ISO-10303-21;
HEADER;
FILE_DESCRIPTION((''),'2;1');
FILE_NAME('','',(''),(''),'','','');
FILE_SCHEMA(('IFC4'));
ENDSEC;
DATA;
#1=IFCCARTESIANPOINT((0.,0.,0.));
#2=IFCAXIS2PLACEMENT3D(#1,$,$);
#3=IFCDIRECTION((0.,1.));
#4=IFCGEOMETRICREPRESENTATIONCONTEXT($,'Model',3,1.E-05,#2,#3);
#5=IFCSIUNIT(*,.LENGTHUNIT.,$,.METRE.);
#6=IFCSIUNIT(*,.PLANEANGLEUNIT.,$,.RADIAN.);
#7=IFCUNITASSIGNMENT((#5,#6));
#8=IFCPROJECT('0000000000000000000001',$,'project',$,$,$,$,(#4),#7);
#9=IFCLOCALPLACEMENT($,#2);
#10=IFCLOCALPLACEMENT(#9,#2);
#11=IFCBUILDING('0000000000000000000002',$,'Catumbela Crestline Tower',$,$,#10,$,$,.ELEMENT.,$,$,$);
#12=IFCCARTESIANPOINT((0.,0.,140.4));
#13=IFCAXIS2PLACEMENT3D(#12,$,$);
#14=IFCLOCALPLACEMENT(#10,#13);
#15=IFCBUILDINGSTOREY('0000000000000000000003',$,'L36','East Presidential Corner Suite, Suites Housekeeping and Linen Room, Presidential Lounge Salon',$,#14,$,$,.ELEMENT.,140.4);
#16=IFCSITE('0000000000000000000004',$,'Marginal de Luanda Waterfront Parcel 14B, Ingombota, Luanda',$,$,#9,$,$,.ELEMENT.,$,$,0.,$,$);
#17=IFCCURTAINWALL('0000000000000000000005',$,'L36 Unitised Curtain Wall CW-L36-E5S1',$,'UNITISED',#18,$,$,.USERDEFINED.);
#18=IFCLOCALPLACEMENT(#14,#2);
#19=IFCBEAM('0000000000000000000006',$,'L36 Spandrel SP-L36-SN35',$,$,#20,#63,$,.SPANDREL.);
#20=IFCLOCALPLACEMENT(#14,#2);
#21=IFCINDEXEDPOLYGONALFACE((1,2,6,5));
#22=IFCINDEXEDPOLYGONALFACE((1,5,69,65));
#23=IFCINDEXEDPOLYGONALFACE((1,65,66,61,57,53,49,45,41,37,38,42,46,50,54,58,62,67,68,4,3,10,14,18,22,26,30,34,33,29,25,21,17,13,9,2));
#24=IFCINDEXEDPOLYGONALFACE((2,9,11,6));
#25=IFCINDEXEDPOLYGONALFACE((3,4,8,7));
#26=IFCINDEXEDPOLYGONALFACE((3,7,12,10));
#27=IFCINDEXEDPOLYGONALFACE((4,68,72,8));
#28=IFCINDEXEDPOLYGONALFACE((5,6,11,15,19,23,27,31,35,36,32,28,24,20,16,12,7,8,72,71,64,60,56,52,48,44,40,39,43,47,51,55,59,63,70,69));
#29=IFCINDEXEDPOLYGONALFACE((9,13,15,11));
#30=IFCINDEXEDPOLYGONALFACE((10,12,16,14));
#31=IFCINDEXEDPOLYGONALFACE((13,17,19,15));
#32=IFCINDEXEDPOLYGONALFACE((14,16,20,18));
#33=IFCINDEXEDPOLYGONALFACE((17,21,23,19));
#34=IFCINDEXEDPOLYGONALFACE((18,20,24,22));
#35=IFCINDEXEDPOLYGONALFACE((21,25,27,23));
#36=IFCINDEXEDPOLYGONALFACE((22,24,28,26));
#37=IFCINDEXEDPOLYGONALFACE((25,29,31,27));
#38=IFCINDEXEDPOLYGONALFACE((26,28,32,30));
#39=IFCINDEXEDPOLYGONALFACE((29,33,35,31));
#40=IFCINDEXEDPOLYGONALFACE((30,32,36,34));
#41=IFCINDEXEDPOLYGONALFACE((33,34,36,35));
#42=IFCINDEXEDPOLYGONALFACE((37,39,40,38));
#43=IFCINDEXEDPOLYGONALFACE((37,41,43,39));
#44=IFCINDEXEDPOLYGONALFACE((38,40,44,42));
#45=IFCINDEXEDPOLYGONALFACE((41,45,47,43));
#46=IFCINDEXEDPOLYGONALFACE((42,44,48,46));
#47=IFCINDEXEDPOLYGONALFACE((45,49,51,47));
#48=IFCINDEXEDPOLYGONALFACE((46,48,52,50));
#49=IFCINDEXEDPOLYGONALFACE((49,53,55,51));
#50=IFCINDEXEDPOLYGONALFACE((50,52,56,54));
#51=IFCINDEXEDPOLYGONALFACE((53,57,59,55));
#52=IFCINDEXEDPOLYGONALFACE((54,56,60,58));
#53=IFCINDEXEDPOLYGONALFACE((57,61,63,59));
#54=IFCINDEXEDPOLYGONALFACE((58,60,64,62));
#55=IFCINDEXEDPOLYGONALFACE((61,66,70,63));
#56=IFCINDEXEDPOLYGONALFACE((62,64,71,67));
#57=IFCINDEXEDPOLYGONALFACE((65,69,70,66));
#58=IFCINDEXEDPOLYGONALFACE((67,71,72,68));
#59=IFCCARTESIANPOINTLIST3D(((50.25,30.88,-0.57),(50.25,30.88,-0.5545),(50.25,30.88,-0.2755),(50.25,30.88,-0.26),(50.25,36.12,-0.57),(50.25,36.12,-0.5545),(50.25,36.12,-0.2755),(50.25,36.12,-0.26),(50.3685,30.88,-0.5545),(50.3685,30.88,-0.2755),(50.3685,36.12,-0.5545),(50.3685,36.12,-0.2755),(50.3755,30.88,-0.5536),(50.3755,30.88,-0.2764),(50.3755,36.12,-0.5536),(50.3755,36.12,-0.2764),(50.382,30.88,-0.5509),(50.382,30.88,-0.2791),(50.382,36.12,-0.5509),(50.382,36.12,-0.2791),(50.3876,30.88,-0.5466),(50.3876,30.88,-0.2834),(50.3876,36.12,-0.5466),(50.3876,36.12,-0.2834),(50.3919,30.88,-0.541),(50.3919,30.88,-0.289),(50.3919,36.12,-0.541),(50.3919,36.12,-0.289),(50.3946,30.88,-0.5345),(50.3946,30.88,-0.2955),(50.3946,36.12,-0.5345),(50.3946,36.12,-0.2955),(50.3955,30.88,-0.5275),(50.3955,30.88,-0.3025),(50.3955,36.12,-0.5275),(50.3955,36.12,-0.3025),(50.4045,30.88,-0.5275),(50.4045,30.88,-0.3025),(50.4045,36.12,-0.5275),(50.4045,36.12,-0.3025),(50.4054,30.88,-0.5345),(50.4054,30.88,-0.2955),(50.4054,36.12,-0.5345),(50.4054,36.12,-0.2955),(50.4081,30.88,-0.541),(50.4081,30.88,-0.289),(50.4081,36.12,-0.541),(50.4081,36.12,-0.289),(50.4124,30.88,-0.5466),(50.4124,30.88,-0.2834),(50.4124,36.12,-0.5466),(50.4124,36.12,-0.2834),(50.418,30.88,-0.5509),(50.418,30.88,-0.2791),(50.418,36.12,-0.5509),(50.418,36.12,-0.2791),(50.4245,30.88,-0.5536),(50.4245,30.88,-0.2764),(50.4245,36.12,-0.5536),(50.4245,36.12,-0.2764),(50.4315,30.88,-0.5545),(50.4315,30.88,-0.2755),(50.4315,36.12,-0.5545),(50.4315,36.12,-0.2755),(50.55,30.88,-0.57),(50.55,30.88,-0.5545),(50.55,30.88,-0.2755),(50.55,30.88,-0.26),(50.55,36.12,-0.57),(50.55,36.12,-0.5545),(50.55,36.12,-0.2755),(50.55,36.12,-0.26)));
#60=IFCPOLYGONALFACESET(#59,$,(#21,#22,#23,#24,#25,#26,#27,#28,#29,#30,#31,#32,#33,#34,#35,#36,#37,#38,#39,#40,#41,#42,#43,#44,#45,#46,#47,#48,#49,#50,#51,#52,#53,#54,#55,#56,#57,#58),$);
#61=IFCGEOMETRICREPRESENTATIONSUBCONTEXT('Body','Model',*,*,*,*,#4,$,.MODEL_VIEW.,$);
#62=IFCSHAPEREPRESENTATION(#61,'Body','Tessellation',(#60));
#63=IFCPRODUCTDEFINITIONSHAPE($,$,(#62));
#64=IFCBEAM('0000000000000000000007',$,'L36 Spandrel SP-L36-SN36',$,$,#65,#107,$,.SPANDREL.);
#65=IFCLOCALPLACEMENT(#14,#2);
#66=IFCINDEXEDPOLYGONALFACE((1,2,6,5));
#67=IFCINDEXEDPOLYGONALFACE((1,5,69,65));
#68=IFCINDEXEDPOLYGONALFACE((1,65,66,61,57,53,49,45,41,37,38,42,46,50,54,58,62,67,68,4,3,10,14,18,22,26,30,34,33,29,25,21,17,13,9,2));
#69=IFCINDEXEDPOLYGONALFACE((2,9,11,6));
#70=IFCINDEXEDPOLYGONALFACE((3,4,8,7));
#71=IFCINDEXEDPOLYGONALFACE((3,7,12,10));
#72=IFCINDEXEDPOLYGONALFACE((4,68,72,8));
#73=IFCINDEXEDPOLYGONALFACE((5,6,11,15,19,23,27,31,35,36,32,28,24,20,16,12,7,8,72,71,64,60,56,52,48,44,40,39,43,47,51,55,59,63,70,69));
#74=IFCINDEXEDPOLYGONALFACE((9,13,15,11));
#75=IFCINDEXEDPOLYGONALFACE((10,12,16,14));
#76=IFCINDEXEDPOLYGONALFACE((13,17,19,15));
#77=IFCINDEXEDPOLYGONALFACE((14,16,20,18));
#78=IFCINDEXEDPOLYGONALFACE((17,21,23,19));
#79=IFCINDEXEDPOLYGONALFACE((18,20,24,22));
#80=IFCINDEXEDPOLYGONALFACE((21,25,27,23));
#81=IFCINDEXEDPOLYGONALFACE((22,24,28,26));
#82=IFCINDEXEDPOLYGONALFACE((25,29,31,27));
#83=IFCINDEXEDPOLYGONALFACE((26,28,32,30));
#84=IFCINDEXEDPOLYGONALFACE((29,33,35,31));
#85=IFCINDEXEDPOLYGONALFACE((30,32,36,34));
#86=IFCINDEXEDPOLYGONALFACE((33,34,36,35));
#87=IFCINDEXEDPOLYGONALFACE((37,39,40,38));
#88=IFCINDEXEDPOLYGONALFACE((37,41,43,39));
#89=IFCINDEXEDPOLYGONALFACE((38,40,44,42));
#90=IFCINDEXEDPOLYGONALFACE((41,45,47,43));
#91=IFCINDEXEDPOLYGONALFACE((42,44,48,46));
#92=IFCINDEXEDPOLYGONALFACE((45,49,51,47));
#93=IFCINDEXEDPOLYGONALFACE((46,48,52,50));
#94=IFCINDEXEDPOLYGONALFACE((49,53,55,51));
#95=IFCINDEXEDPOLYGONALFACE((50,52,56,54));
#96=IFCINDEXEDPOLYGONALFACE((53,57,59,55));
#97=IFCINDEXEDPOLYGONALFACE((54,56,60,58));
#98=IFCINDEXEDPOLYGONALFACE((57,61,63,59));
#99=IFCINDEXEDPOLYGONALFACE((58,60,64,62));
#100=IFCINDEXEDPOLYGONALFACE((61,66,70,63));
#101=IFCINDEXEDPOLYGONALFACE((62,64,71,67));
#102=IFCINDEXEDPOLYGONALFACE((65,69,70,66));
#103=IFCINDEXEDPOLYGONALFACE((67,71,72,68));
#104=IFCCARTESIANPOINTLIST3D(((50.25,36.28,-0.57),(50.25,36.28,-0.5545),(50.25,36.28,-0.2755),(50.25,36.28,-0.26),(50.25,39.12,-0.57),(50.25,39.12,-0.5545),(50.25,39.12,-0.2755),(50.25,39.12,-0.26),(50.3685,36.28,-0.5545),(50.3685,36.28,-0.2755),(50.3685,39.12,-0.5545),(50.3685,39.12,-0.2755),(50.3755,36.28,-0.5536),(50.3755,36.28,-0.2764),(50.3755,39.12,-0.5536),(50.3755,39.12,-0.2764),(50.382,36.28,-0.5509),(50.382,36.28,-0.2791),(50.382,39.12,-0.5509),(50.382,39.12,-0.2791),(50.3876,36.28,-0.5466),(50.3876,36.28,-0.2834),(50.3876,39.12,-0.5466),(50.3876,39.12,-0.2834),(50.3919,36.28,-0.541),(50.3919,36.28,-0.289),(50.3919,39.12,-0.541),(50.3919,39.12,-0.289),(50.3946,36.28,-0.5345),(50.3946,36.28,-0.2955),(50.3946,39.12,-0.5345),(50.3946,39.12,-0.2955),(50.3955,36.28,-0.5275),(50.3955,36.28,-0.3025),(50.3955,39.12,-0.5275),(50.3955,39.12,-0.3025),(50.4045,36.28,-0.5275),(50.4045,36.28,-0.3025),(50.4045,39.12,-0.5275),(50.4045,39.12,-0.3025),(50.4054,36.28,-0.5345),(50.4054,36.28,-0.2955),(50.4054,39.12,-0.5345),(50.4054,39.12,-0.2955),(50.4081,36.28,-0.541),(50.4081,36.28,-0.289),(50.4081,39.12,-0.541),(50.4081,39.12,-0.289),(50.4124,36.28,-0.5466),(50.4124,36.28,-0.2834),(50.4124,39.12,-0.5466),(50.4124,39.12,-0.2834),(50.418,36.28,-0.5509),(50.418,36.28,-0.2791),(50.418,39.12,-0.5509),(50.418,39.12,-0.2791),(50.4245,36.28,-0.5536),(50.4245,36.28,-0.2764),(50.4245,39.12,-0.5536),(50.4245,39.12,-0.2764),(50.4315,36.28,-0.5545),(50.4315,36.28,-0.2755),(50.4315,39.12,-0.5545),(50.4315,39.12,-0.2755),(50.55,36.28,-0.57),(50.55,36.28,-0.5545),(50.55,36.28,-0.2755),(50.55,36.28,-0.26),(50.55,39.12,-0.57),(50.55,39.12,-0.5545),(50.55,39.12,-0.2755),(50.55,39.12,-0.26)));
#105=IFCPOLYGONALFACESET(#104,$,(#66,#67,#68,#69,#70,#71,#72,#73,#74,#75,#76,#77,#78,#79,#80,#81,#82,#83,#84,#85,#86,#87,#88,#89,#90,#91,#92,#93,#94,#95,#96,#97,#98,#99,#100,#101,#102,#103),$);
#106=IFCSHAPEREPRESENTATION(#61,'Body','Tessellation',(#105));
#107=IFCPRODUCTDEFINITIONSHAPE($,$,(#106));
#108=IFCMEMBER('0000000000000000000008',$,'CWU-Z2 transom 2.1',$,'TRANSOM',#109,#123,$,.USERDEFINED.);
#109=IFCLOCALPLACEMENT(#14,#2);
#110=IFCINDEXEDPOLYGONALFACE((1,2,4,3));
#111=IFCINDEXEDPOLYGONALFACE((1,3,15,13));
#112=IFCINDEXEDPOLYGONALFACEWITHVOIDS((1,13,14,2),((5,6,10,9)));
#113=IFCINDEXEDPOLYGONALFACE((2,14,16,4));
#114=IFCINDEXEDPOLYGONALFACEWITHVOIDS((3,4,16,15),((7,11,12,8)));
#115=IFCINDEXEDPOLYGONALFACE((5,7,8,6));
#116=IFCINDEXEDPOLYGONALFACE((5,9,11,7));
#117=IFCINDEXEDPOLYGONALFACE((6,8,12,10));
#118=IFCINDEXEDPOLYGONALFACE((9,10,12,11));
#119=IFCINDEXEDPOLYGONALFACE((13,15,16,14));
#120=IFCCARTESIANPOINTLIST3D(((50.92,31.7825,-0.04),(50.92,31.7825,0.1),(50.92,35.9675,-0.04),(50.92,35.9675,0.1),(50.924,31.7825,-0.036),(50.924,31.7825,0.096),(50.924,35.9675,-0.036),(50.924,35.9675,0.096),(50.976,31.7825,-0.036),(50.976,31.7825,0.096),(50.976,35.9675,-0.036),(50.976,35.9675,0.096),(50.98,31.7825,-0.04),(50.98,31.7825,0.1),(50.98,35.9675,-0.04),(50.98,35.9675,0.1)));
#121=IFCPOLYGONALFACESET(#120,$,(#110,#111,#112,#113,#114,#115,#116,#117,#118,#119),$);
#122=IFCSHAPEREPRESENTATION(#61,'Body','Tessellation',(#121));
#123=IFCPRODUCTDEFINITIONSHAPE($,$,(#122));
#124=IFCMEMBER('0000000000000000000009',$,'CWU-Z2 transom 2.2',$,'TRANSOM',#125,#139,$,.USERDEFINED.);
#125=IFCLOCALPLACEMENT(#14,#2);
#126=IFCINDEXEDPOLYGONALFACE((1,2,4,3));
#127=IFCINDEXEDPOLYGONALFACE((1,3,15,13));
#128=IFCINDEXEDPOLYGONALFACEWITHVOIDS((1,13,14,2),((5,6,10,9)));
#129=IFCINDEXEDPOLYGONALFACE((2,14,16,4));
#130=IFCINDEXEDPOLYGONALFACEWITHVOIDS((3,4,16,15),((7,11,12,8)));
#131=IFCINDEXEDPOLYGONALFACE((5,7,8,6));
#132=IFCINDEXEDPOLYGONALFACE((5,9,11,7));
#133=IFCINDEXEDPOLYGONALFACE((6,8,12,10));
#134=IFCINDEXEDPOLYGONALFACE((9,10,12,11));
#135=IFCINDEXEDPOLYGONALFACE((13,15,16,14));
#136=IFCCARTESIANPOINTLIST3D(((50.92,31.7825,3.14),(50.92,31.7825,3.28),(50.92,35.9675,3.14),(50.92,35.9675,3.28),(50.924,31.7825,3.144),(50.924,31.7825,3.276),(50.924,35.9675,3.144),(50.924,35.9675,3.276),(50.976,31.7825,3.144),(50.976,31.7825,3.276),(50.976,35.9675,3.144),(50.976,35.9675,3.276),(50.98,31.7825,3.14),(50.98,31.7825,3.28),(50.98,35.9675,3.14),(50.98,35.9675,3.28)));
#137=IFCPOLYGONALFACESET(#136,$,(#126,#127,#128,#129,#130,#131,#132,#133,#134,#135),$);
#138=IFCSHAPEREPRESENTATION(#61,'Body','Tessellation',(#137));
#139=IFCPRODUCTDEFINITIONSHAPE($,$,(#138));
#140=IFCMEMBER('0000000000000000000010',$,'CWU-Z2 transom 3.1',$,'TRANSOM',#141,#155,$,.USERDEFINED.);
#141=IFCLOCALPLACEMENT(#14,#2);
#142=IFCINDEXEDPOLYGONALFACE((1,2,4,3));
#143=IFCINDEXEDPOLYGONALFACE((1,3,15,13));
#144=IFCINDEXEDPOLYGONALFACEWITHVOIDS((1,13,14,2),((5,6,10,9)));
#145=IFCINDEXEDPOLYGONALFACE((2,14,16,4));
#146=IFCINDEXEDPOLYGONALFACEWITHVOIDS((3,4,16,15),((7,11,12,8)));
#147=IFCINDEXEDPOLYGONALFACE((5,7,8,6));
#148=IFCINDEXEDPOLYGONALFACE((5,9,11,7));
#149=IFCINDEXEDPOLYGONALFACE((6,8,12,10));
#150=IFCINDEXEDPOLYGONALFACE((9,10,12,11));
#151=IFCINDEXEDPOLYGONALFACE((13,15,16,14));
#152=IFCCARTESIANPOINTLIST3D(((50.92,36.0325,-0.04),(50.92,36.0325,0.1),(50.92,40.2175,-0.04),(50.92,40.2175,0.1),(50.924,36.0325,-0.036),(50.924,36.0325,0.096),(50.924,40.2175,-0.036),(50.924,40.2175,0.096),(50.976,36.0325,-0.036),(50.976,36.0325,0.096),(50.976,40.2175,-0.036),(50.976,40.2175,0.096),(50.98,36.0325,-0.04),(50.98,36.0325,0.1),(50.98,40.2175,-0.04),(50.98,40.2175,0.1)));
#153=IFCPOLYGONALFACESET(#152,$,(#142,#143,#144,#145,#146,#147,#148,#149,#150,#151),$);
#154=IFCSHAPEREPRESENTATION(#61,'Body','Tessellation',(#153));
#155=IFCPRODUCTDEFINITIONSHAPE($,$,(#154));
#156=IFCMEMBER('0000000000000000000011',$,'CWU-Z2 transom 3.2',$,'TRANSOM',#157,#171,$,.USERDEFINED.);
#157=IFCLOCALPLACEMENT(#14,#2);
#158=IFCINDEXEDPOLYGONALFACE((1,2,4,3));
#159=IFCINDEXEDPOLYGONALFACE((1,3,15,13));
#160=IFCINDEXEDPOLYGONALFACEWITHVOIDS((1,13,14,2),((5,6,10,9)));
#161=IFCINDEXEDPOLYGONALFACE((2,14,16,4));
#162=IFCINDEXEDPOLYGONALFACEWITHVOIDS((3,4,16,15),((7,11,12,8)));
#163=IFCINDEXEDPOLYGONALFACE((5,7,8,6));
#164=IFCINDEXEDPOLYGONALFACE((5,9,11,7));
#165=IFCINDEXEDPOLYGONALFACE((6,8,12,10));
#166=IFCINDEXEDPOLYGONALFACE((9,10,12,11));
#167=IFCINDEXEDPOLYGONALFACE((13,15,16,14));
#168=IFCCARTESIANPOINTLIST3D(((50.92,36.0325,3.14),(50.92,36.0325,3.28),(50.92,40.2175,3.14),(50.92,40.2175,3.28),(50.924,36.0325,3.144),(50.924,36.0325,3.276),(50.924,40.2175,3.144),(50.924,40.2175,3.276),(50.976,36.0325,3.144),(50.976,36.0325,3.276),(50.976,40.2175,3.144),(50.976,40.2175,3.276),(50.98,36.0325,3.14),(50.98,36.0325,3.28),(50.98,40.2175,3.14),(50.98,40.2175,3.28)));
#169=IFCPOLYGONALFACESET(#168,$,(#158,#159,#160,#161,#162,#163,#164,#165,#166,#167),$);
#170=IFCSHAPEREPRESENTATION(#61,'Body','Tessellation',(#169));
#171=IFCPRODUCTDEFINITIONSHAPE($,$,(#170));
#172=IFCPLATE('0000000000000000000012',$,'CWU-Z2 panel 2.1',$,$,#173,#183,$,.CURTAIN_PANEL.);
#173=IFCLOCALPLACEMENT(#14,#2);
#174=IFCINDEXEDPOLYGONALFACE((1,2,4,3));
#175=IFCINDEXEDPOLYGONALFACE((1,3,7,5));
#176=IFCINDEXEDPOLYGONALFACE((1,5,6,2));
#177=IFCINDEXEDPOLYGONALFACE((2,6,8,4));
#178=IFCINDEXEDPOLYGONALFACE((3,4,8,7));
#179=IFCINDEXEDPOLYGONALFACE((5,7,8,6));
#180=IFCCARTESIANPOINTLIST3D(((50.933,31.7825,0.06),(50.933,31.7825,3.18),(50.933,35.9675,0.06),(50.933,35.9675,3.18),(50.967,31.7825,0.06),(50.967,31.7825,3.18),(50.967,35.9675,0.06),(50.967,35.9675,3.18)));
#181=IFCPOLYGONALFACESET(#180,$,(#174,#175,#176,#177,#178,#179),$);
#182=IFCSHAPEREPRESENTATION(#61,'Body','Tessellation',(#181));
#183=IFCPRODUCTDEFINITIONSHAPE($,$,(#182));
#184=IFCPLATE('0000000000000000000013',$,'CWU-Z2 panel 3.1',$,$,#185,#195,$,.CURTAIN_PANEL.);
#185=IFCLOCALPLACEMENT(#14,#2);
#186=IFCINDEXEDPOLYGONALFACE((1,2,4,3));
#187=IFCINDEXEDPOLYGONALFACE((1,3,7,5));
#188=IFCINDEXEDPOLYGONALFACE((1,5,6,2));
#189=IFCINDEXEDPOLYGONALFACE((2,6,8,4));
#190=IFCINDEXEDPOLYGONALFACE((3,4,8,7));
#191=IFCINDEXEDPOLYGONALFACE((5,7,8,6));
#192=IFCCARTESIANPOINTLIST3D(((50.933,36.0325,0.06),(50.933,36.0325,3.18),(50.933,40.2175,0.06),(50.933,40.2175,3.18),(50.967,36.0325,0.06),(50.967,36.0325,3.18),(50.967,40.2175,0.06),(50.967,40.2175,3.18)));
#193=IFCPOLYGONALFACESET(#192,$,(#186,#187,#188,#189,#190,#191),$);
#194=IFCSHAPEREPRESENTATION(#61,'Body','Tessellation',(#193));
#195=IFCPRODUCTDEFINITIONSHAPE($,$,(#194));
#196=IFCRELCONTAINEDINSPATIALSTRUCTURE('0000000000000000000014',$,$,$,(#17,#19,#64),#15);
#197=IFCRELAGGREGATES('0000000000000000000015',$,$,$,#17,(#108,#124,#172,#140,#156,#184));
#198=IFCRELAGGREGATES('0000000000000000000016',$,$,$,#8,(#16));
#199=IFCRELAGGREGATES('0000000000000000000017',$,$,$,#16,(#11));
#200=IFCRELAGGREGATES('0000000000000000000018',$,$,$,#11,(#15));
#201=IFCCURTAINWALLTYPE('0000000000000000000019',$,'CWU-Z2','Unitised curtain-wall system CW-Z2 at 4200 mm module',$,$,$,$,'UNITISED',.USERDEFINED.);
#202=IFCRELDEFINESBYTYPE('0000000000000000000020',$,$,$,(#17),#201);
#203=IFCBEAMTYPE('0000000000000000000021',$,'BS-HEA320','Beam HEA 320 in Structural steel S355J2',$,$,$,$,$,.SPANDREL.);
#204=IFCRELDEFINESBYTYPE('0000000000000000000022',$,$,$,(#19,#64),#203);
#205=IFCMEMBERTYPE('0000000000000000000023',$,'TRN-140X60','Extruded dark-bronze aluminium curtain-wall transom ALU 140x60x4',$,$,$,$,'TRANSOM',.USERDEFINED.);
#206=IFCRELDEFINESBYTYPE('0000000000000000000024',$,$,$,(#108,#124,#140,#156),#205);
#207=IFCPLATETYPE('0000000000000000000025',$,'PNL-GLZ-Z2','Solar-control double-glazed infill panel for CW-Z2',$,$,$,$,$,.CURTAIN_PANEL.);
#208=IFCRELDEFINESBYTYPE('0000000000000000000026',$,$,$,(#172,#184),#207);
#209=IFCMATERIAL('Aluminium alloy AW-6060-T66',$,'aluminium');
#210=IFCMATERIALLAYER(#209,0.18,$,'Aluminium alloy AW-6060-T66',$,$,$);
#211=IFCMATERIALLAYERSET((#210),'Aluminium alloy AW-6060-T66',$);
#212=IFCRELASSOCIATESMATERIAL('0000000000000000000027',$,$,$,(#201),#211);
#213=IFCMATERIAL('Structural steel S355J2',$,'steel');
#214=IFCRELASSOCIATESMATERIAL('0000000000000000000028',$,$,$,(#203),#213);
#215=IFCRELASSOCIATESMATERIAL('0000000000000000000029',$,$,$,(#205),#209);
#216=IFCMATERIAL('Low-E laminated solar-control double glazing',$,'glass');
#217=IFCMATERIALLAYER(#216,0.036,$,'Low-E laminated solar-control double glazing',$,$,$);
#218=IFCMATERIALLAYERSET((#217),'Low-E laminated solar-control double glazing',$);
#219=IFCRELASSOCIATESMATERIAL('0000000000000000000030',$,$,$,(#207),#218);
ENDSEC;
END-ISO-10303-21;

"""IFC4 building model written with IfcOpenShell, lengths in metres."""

from ifc_helpers import new_model, si_unit, direction, frame, origin, origin_2d, place, context, subcontext, project, spatial, rectangle, hollow_rectangle, i_section, extrude, material, layer, layer_set, material_profile, profile_set, type_object, element, aggregate, save


model = new_model("IFC4")

# Units and contexts
model_context = context("Model", 3, precision=1e-05, world=origin(), true_north=direction((0.0, 1.0)))
body_context = subcontext(model_context, "Body", "Model", "MODEL_VIEW")
ifc_project = project(units=[si_unit("LENGTHUNIT", "METRE"), si_unit("PLANEANGLEUNIT", "RADIAN")], contexts=[model_context])

# Site, building, storey
site_placement = place(None, origin())
site = spatial("IfcSite", under=ifc_project, at=site_placement, Name="Marginal de Luanda Waterfront Parcel 14B, Ingombota, Luanda", CompositionType="ELEMENT", RefElevation=0.0)
building_placement = place(site_placement, origin())
building = spatial("IfcBuilding", under=site, at=building_placement, Name="Catumbela Crestline Tower", CompositionType="ELEMENT")
storey_placement = place(building_placement, frame((0.0, 0.0, 140.4)))
storey = spatial("IfcBuildingStorey", under=building, at=storey_placement, Name="L36", Description="East Presidential Corner Suite, Suites Housekeeping and Linen Room, Presidential Lounge Salon", CompositionType="ELEMENT", Elevation=140.4)

# Shared definitions
ifc_material_1 = material(Name="Structural steel S355J2", Category="steel")

# Curtain wall
ifc_material_2 = material(Name="Aluminium alloy AW-6060-T66", Category="aluminium")
ifc_layer_1 = layer(ifc_material_2, 0.18, Name="Aluminium alloy AW-6060-T66")
ifc_layer_set_1 = layer_set([ifc_layer_1], Name="Aluminium alloy AW-6060-T66")
curtain_wall_type = type_object("IfcCurtainWallType", Name="CWU-Z2", Description="Unitised curtain-wall system CW-Z2 at 4200 mm module", ElementType="UNITISED", PredefinedType="USERDEFINED", material=ifc_layer_set_1)
curtain_wall_placement = place(storey_placement, origin())
curtain_wall = element("IfcCurtainWall", 1, at=curtain_wall_placement, inside=storey, type_object=curtain_wall_type, Name="L36 Unitised Curtain Wall CW-L36-E5S1", ObjectType="UNITISED", PredefinedType="USERDEFINED")

# Beams
ifc_material_profile_1 = material_profile(ifc_material_1, i_section(OverallWidth=0.3, OverallDepth=0.31, WebThickness=0.009, FlangeThickness=0.0155, FilletRadius=0.027, at=origin_2d()), Name="HEA 320")
ifc_profile_set_1 = profile_set([ifc_material_profile_1], Name="Structural steel S355J2")
beam_type_1 = type_object("IfcBeamType", Name="BS-HEA320", Description="Beam HEA 320 in Structural steel S355J2", PredefinedType="SPANDREL", material=ifc_profile_set_1)
beam_1_placement = place(storey_placement, frame((50.4, 30.88, -0.415), z_axis=(0.0, 1.0, 0.0), x_axis=(-1.0, 0.0, 0.0)))
element("IfcBeam", 2, at=beam_1_placement, inside=storey, type_object=beam_type_1, Name="L36 Spandrel SP-L36-SN35", PredefinedType="SPANDREL", context=body_context, shape_type="SweptSolid", body=[
    extrude(i_section(OverallWidth=0.3, OverallDepth=0.31, WebThickness=0.009, FlangeThickness=0.0155, FilletRadius=0.027, at=origin_2d()), origin(), (0.0, 0.0, 1.0), 5.24),
])
beam_2_placement = place(storey_placement, frame((50.4, 36.28, -0.415), z_axis=(0.0, 1.0, 0.0), x_axis=(-1.0, 0.0, 0.0)))
element("IfcBeam", 3, at=beam_2_placement, inside=storey, type_object=beam_type_1, Name="L36 Spandrel SP-L36-SN36", PredefinedType="SPANDREL", context=body_context, shape_type="SweptSolid", body=[
    extrude(i_section(OverallWidth=0.3, OverallDepth=0.31, WebThickness=0.009, FlangeThickness=0.0155, FilletRadius=0.027, at=origin_2d()), origin(), (0.0, 0.0, 1.0), 2.84),
])

# Members
ifc_material_profile_2 = material_profile(ifc_material_2, hollow_rectangle(XDim=0.06, YDim=0.14, WallThickness=0.004, at=origin_2d()), Name="ALU 140x60x4")
ifc_profile_set_2 = profile_set([ifc_material_profile_2], Name="Aluminium alloy AW-6060-T66")
member_type_1 = type_object("IfcMemberType", Name="TRN-140X60", Description="Extruded dark-bronze aluminium curtain-wall transom ALU 140x60x4", ElementType="TRANSOM", PredefinedType="USERDEFINED", material=ifc_profile_set_2)
member_1_placement = place(storey_placement, frame((50.95, 31.7825, 0.03), z_axis=(0.0, 1.0, 0.0), x_axis=(-1.0, 0.0, 0.0)))
member_1 = element("IfcMember", 4, at=member_1_placement, type_object=member_type_1, Name="CWU-Z2 transom 2.1", ObjectType="TRANSOM", PredefinedType="USERDEFINED", context=body_context, shape_type="SweptSolid", body=[
    extrude(hollow_rectangle(XDim=0.06, YDim=0.14, WallThickness=0.004, at=origin_2d()), origin(), (0.0, 0.0, 1.0), 4.185),
])
member_2_placement = place(storey_placement, frame((50.95, 31.7825, 3.21), z_axis=(0.0, 1.0, 0.0), x_axis=(-1.0, 0.0, 0.0)))
member_2 = element("IfcMember", 5, at=member_2_placement, type_object=member_type_1, Name="CWU-Z2 transom 2.2", ObjectType="TRANSOM", PredefinedType="USERDEFINED", context=body_context, shape_type="SweptSolid", body=[
    extrude(hollow_rectangle(XDim=0.06, YDim=0.14, WallThickness=0.004, at=origin_2d()), origin(), (0.0, 0.0, 1.0), 4.185),
])
member_3_placement = place(storey_placement, frame((50.95, 36.0325, 0.03), z_axis=(0.0, 1.0, 0.0), x_axis=(-1.0, 0.0, 0.0)))
member_3 = element("IfcMember", 6, at=member_3_placement, type_object=member_type_1, Name="CWU-Z2 transom 3.1", ObjectType="TRANSOM", PredefinedType="USERDEFINED", context=body_context, shape_type="SweptSolid", body=[
    extrude(hollow_rectangle(XDim=0.06, YDim=0.14, WallThickness=0.004, at=origin_2d()), origin(), (0.0, 0.0, 1.0), 4.185),
])
member_4_placement = place(storey_placement, frame((50.95, 36.0325, 3.21), z_axis=(0.0, 1.0, 0.0), x_axis=(-1.0, 0.0, 0.0)))
member_4 = element("IfcMember", 7, at=member_4_placement, type_object=member_type_1, Name="CWU-Z2 transom 3.2", ObjectType="TRANSOM", PredefinedType="USERDEFINED", context=body_context, shape_type="SweptSolid", body=[
    extrude(hollow_rectangle(XDim=0.06, YDim=0.14, WallThickness=0.004, at=origin_2d()), origin(), (0.0, 0.0, 1.0), 4.185),
])

# Plates
ifc_material_3 = material(Name="Low-E laminated solar-control double glazing", Category="glass")
ifc_layer_2 = layer(ifc_material_3, 0.036, Name="Low-E laminated solar-control double glazing")
ifc_layer_set_2 = layer_set([ifc_layer_2], Name="Low-E laminated solar-control double glazing")
plate_type = type_object("IfcPlateType", Name="PNL-GLZ-Z2", Description="Solar-control double-glazed infill panel for CW-Z2", PredefinedType="CURTAIN_PANEL", material=ifc_layer_set_2)
plate_1_placement = place(storey_placement, frame((50.95, 33.875, 0.06), z_axis=(0.0, 0.0, 1.0), x_axis=(0.0, 1.0, 0.0)))
plate_1 = element("IfcPlate", 8, at=plate_1_placement, type_object=plate_type, Name="CWU-Z2 panel 2.1", PredefinedType="CURTAIN_PANEL", context=body_context, shape_type="SweptSolid", body=[
    extrude(rectangle(XDim=4.185, YDim=0.034, at=origin_2d()), origin(), (0.0, 0.0, 1.0), 3.12),
])
plate_2_placement = place(storey_placement, frame((50.95, 38.125, 0.06), z_axis=(0.0, 0.0, 1.0), x_axis=(0.0, 1.0, 0.0)))
plate_2 = element("IfcPlate", 9, at=plate_2_placement, type_object=plate_type, Name="CWU-Z2 panel 3.1", PredefinedType="CURTAIN_PANEL", context=body_context, shape_type="SweptSolid", body=[
    extrude(rectangle(XDim=4.185, YDim=0.034, at=origin_2d()), origin(), (0.0, 0.0, 1.0), 3.12),
])
aggregate(curtain_wall, [member_1, member_2, plate_1, member_3, member_4, plate_2])

save(model, "model.ifc")
